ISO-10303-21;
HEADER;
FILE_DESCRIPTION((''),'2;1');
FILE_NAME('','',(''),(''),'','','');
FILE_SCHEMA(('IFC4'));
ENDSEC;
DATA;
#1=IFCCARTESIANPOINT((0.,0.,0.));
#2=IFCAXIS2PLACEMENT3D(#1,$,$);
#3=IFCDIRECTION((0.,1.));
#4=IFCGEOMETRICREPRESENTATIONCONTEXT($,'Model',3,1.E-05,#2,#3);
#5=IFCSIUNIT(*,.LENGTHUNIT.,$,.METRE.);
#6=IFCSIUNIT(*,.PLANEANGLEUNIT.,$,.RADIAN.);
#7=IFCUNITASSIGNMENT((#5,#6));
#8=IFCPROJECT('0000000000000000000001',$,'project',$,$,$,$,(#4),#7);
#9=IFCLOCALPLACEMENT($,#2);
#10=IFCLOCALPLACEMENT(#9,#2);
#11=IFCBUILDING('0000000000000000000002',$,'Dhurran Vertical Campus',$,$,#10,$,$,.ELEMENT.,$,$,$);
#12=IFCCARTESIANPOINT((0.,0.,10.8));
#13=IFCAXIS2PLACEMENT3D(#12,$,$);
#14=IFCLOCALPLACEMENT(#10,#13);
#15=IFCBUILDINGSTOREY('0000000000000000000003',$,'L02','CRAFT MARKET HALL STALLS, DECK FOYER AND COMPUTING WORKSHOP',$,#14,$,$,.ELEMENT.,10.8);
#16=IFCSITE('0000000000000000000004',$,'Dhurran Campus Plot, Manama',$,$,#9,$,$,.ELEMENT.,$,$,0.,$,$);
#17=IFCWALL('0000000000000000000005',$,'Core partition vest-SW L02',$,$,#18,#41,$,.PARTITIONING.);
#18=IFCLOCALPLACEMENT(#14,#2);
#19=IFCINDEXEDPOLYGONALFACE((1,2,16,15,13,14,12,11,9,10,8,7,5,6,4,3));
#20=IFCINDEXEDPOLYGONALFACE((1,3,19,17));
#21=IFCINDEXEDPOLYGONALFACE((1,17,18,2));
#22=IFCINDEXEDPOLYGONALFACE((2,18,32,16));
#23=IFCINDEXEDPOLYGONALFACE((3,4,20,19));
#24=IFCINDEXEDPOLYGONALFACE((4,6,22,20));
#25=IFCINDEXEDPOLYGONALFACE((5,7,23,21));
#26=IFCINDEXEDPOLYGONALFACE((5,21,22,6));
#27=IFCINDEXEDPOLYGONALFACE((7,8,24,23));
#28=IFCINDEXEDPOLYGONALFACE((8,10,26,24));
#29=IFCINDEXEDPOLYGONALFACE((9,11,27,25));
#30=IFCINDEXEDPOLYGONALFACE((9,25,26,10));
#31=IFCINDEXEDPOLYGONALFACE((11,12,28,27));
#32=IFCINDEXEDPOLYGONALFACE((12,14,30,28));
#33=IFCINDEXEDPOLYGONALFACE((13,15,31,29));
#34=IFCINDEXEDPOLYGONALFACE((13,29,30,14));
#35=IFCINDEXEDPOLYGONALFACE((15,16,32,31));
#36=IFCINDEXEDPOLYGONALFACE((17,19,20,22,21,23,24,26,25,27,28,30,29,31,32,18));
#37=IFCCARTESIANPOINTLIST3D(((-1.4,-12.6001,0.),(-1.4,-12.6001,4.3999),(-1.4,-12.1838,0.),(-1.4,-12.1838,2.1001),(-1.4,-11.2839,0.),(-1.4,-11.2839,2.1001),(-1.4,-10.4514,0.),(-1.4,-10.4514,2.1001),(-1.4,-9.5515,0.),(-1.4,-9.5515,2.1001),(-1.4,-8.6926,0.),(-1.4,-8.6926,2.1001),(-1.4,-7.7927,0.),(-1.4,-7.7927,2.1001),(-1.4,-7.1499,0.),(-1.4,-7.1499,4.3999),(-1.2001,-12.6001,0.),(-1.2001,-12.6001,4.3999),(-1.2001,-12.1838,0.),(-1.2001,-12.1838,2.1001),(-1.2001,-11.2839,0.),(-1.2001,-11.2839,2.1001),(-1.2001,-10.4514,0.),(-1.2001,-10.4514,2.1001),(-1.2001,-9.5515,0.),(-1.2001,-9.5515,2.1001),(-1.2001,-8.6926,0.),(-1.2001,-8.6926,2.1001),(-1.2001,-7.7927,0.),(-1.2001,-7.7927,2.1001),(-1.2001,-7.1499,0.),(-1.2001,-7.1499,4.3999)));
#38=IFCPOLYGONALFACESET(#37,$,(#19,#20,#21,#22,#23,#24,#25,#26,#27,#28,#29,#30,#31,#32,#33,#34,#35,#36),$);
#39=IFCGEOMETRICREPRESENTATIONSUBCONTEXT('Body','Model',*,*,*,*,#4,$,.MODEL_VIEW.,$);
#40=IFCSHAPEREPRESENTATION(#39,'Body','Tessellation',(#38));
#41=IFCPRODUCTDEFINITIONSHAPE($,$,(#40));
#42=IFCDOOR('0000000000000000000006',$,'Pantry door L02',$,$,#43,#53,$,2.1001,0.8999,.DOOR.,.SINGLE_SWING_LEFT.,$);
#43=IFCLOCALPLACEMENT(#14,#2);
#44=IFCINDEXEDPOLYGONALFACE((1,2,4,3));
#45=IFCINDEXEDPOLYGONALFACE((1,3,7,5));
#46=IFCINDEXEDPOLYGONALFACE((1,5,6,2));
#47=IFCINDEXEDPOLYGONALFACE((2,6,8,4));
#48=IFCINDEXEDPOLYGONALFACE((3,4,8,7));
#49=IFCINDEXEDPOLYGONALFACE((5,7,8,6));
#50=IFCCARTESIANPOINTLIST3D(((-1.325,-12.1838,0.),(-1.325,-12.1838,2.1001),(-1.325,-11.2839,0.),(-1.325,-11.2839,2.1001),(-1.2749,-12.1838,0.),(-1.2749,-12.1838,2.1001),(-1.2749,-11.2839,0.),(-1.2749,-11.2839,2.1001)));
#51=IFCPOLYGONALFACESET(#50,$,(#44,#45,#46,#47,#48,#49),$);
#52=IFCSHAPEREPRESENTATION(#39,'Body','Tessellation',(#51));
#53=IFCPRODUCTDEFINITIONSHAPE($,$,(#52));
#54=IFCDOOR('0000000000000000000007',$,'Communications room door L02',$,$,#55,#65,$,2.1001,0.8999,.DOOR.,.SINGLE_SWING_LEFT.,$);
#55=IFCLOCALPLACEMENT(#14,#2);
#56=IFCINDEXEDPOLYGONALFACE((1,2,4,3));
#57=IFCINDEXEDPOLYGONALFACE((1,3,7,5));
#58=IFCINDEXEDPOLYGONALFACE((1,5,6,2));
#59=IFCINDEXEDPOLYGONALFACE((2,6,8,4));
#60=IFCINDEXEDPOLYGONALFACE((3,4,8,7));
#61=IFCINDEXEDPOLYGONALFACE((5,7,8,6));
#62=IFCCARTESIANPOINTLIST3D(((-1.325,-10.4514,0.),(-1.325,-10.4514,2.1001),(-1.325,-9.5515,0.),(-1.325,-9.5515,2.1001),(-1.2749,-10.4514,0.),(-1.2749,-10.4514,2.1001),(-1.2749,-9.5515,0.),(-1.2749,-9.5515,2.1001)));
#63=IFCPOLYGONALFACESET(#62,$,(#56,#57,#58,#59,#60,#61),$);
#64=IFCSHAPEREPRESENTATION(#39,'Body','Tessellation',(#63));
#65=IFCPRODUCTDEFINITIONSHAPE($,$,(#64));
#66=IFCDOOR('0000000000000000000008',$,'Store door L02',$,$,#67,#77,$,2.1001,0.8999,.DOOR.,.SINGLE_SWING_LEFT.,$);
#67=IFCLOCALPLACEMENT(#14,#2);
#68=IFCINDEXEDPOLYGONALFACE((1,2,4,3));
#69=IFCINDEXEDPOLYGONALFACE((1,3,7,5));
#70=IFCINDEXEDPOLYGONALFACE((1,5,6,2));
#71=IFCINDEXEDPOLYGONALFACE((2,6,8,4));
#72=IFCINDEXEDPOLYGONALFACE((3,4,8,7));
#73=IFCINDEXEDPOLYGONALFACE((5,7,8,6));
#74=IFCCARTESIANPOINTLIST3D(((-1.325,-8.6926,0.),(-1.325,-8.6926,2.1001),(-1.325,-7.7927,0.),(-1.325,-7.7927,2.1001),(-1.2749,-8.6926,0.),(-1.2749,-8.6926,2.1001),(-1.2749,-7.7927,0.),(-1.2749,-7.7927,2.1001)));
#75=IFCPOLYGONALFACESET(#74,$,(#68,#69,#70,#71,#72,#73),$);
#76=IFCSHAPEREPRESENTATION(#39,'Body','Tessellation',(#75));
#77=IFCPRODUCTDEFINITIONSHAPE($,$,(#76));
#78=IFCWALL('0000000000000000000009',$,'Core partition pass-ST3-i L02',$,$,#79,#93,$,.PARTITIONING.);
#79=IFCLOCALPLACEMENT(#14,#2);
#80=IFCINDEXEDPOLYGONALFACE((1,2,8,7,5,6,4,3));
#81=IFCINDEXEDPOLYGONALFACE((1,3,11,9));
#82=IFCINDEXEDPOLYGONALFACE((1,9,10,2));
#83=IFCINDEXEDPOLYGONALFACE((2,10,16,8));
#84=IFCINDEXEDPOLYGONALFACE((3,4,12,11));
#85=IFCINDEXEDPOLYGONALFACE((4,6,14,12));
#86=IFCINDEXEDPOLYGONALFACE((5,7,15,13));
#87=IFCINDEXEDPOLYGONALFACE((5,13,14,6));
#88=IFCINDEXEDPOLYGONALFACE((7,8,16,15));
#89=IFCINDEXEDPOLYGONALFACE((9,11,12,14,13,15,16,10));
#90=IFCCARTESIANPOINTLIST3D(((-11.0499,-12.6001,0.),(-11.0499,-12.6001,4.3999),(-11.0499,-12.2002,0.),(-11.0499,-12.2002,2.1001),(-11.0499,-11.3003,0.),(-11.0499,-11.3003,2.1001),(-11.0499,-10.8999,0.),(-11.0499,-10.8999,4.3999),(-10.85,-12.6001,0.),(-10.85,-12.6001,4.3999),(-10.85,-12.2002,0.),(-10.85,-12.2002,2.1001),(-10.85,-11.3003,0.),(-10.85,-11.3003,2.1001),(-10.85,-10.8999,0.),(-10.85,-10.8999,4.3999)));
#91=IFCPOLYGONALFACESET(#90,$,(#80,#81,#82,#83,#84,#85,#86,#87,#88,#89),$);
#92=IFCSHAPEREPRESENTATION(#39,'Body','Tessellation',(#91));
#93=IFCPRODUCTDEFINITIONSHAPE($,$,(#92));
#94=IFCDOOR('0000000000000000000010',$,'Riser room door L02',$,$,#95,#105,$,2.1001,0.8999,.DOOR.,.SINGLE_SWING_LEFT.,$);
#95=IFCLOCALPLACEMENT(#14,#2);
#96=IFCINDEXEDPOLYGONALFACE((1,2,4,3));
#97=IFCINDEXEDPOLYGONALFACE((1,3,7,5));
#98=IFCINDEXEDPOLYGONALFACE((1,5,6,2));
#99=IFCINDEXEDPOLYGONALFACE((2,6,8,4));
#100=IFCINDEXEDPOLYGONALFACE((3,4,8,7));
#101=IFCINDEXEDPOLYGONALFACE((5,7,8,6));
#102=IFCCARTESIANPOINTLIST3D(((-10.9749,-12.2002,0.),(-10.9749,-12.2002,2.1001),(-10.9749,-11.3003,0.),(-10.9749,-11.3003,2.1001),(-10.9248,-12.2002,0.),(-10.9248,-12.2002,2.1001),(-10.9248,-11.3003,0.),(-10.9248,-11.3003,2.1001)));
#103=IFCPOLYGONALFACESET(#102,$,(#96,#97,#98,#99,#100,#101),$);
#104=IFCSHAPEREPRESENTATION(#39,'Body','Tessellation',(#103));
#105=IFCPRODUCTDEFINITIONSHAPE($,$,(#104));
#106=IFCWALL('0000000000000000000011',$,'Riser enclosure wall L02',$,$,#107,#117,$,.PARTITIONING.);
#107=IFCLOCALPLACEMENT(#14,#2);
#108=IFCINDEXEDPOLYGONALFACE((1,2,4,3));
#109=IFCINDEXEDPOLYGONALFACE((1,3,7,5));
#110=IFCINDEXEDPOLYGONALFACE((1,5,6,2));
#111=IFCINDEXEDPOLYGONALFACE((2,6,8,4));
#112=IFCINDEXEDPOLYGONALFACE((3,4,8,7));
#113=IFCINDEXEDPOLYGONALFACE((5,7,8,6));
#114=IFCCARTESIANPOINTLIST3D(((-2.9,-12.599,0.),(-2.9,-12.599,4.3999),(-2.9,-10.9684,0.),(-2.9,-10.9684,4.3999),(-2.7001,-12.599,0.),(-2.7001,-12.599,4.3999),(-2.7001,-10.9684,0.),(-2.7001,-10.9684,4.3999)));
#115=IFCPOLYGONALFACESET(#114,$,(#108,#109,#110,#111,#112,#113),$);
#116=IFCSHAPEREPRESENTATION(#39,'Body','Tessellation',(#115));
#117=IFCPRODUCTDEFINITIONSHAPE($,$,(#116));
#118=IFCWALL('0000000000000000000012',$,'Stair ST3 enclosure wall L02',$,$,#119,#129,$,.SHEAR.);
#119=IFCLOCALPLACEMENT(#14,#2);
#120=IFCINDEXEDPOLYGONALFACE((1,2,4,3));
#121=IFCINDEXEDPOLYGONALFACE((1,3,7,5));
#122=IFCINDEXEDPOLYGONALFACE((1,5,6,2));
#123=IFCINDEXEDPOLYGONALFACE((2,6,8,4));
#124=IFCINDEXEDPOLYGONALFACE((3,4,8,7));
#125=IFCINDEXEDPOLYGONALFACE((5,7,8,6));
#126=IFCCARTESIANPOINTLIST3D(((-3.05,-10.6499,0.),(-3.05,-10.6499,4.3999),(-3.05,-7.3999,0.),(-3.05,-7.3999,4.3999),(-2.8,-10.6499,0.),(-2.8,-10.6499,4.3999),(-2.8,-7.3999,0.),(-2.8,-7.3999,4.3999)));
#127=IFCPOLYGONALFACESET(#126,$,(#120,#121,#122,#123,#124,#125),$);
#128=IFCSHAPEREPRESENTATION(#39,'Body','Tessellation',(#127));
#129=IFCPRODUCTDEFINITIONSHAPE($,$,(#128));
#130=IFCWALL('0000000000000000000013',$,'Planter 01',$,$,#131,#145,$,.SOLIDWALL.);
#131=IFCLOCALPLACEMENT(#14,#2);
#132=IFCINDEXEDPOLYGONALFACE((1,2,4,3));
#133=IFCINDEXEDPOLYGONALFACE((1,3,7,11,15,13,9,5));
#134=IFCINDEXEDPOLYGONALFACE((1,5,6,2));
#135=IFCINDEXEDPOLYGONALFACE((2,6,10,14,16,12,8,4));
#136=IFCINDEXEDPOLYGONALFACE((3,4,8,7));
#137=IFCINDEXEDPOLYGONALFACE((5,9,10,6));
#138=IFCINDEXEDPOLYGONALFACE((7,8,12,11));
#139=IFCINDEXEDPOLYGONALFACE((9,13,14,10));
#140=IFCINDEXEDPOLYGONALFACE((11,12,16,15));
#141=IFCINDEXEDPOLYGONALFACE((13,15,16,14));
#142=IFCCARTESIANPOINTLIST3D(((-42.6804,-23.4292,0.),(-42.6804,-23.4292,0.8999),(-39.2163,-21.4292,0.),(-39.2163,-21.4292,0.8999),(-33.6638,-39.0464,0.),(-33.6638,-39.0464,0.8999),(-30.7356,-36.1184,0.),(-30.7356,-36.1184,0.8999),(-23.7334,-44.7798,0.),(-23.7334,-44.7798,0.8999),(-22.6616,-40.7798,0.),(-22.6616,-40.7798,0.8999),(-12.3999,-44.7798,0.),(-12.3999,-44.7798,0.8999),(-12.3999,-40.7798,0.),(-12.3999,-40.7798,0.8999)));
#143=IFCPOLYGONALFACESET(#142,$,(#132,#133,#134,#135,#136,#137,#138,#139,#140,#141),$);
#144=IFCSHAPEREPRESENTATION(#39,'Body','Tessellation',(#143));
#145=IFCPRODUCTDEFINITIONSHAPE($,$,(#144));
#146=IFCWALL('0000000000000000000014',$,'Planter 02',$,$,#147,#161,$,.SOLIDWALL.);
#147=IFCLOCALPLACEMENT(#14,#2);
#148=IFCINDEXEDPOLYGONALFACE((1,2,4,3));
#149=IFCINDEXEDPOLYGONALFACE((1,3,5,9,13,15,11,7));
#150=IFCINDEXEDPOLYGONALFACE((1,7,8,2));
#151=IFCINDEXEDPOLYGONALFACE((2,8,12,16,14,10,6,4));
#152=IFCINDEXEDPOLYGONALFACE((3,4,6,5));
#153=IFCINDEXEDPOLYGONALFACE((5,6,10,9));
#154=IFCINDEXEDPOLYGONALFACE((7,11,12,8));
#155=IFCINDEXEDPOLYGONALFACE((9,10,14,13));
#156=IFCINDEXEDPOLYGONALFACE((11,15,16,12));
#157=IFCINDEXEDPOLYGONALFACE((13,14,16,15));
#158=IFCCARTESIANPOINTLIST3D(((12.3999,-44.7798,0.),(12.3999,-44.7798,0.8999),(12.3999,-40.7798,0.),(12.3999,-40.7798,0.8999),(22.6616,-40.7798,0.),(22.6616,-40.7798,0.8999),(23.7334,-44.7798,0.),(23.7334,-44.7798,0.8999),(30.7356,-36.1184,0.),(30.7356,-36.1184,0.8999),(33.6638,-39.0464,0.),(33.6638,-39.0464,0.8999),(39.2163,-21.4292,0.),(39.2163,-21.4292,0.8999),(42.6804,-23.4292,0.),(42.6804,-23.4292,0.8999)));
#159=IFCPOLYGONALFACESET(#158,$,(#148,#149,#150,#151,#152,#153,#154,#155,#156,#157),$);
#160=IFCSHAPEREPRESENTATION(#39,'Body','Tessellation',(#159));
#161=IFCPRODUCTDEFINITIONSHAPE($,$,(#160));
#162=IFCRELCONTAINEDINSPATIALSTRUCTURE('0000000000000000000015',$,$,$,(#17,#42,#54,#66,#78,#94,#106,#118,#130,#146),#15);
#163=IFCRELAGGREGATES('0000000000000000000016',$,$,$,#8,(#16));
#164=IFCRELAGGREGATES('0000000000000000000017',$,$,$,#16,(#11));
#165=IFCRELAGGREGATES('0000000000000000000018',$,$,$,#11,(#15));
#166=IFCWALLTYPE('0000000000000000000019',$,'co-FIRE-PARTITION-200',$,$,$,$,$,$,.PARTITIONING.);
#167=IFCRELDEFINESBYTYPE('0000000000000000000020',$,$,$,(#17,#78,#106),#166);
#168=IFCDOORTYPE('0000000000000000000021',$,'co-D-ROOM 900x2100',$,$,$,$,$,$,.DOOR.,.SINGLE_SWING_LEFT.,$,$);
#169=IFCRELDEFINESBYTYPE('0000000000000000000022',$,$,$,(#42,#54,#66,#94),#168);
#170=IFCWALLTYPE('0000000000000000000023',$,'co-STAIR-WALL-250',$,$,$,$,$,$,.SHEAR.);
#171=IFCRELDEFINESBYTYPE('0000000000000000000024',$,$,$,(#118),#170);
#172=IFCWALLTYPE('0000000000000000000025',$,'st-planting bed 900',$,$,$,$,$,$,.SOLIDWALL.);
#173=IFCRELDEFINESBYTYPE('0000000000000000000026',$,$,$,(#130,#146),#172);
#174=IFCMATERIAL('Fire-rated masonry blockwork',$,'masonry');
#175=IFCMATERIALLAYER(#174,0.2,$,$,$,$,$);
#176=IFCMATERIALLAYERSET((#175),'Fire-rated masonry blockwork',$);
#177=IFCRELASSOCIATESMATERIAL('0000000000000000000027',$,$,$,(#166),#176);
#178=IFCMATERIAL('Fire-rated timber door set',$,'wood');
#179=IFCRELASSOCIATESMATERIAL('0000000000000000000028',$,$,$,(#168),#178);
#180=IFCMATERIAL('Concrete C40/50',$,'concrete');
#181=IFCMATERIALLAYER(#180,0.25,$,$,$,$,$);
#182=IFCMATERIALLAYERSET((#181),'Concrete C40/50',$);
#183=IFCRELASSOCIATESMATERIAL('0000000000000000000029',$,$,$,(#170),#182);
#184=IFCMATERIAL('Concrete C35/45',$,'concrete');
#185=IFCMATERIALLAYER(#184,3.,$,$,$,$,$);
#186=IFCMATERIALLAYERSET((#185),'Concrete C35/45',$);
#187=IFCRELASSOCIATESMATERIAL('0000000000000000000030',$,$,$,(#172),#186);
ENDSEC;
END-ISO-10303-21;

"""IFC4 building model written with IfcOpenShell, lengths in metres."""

from ifc_helpers import new_model, si_unit, direction, frame, frame_2d, origin, place, context, subcontext, project, spatial, polyline, rectangle, outline, extrude, material, layer, layer_set, type_object, element, fill, save


model = new_model("IFC4")

# Units and contexts
model_context = context("Model", 3, precision=1e-05, world=origin(), true_north=direction((0.0, 1.0)))
body_context = subcontext(model_context, "Body", "Model", "MODEL_VIEW")
ifc_project = project(units=[si_unit("LENGTHUNIT", "METRE"), si_unit("PLANEANGLEUNIT", "RADIAN")], contexts=[model_context])

# Site, building, storey
site_placement = place(None, origin())
site = spatial("IfcSite", under=ifc_project, at=site_placement, Name="Dhurran Campus Plot, Manama", CompositionType="ELEMENT", RefElevation=0.0)
building_placement = place(site_placement, origin())
building = spatial("IfcBuilding", under=site, at=building_placement, Name="Dhurran Vertical Campus", CompositionType="ELEMENT")
storey_placement = place(building_placement, frame((0.0, 0.0, 10.8)))
storey = spatial("IfcBuildingStorey", under=building, at=storey_placement, Name="L02", Description="CRAFT MARKET HALL STALLS, DECK FOYER AND COMPUTING WORKSHOP", CompositionType="ELEMENT", Elevation=10.8)

# Shared definitions
ifc_material_1 = material(Name="Fire-rated masonry blockwork", Category="masonry")
ifc_layer_1 = layer(ifc_material_1, 0.2)
ifc_layer_set_1 = layer_set([ifc_layer_1], Name="Fire-rated masonry blockwork")
wall_type_1 = type_object("IfcWallType", Name="co-FIRE-PARTITION-200", PredefinedType="PARTITIONING", material=ifc_layer_set_1)

# Wall, openings, doors
wall_1_placement = place(storey_placement, frame((-1.3, -12.6001, 0.0), z_axis=(0.0, 0.0, 1.0), x_axis=(0.0, 1.0, 0.0)))
wall_1 = element("IfcWall", 1, at=wall_1_placement, inside=storey, type_object=wall_type_1, Name="Core partition vest-SW L02", PredefinedType="PARTITIONING", context=body_context, shape_type="SweptSolid", body=[
    extrude(rectangle(XDim=5.4502, YDim=0.2, at=frame_2d((2.7251, 0.0))), origin(), (0.0, 0.0, 1.0), 4.3999),
])
opening_1_placement = place(wall_1_placement, frame((0.4163, 0.0, 0.0)))
opening_1 = element("IfcOpeningElement", 2, at=opening_1_placement, cuts=wall_1, PredefinedType="OPENING", context=body_context, shape_type="SweptSolid", body=[
    extrude(rectangle(XDim=0.8999, YDim=2.1001, at=frame_2d((0.45, 1.05))), frame((0.0, 0.1099, 0.0), z_axis=(0.0, -1.0, 0.0), x_axis=(1.0, 0.0, 0.0)), (0.0, 0.0, 1.0), 0.22),
])
opening_2_placement = place(wall_1_placement, frame((2.1487, 0.0, 0.0)))
opening_2 = element("IfcOpeningElement", 3, at=opening_2_placement, cuts=wall_1, PredefinedType="OPENING", context=body_context, shape_type="SweptSolid", body=[
    extrude(rectangle(XDim=0.8999, YDim=2.1001, at=frame_2d((0.45, 1.05))), frame((0.0, 0.1099, 0.0), z_axis=(0.0, -1.0, 0.0), x_axis=(1.0, 0.0, 0.0)), (0.0, 0.0, 1.0), 0.22),
])
opening_3_placement = place(wall_1_placement, frame((3.9075, 0.0, 0.0)))
opening_3 = element("IfcOpeningElement", 4, at=opening_3_placement, cuts=wall_1, PredefinedType="OPENING", context=body_context, shape_type="SweptSolid", body=[
    extrude(rectangle(XDim=0.8999, YDim=2.1001, at=frame_2d((0.45, 1.05))), frame((0.0, 0.1099, 0.0), z_axis=(0.0, -1.0, 0.0), x_axis=(1.0, 0.0, 0.0)), (0.0, 0.0, 1.0), 0.22),
])
ifc_material_2 = material(Name="Fire-rated timber door set", Category="wood")
door_type_1 = type_object("IfcDoorType", Name="co-D-ROOM 900x2100", OperationType="SINGLE_SWING_LEFT", PredefinedType="DOOR", material=ifc_material_2)
door_1_placement = place(opening_1_placement, origin())
door_1 = element("IfcDoor", 5, at=door_1_placement, inside=storey, type_object=door_type_1, Name="Pantry door L02", OperationType="SINGLE_SWING_LEFT", OverallHeight=2.1001, OverallWidth=0.8999, PredefinedType="DOOR", context=body_context, shape_type="SweptSolid", body=[
    extrude(rectangle(XDim=0.8999, YDim=2.1001, at=frame_2d((0.45, 1.05))), frame((0.0, 0.0249, 0.0), z_axis=(0.0, -1.0, 0.0), x_axis=(1.0, 0.0, 0.0)), (0.0, 0.0, 1.0), 0.05),
])
fill(opening_1, door_1)
door_2_placement = place(opening_2_placement, origin())
door_2 = element("IfcDoor", 6, at=door_2_placement, inside=storey, type_object=door_type_1, Name="Communications room door L02", OperationType="SINGLE_SWING_LEFT", OverallHeight=2.1001, OverallWidth=0.8999, PredefinedType="DOOR", context=body_context, shape_type="SweptSolid", body=[
    extrude(rectangle(XDim=0.8999, YDim=2.1001, at=frame_2d((0.45, 1.05))), frame((0.0, 0.0249, 0.0), z_axis=(0.0, -1.0, 0.0), x_axis=(1.0, 0.0, 0.0)), (0.0, 0.0, 1.0), 0.05),
])
fill(opening_2, door_2)
door_3_placement = place(opening_3_placement, origin())
door_3 = element("IfcDoor", 7, at=door_3_placement, inside=storey, type_object=door_type_1, Name="Store door L02", OperationType="SINGLE_SWING_LEFT", OverallHeight=2.1001, OverallWidth=0.8999, PredefinedType="DOOR", context=body_context, shape_type="SweptSolid", body=[
    extrude(rectangle(XDim=0.8999, YDim=2.1001, at=frame_2d((0.45, 1.05))), frame((0.0, 0.0249, 0.0), z_axis=(0.0, -1.0, 0.0), x_axis=(1.0, 0.0, 0.0)), (0.0, 0.0, 1.0), 0.05),
])
fill(opening_3, door_3)

# Wall, opening, door
wall_2_placement = place(storey_placement, frame((-10.95, -12.6001, 0.0), z_axis=(0.0, 0.0, 1.0), x_axis=(0.0, 1.0, 0.0)))
wall_2 = element("IfcWall", 8, at=wall_2_placement, inside=storey, type_object=wall_type_1, Name="Core partition pass-ST3-i L02", PredefinedType="PARTITIONING", context=body_context, shape_type="SweptSolid", body=[
    extrude(rectangle(XDim=1.7002, YDim=0.2, at=frame_2d((0.8501, 0.0))), origin(), (0.0, 0.0, 1.0), 4.3999),
])
opening_4_placement = place(wall_2_placement, frame((0.3999, 0.0, 0.0)))
opening_4 = element("IfcOpeningElement", 9, at=opening_4_placement, cuts=wall_2, PredefinedType="OPENING", context=body_context, shape_type="SweptSolid", body=[
    extrude(rectangle(XDim=0.8999, YDim=2.1001, at=frame_2d((0.45, 1.05))), frame((0.0, 0.1099, 0.0), z_axis=(0.0, -1.0, 0.0), x_axis=(1.0, 0.0, 0.0)), (0.0, 0.0, 1.0), 0.22),
])
door_4_placement = place(opening_4_placement, origin())
door_4 = element("IfcDoor", 10, at=door_4_placement, inside=storey, type_object=door_type_1, Name="Riser room door L02", OperationType="SINGLE_SWING_LEFT", OverallHeight=2.1001, OverallWidth=0.8999, PredefinedType="DOOR", context=body_context, shape_type="SweptSolid", body=[
    extrude(rectangle(XDim=0.8999, YDim=2.1001, at=frame_2d((0.45, 1.05))), frame((0.0, 0.0249, 0.0), z_axis=(0.0, -1.0, 0.0), x_axis=(1.0, 0.0, 0.0)), (0.0, 0.0, 1.0), 0.05),
])
fill(opening_4, door_4)

# Walls
wall_3_placement = place(storey_placement, frame((-2.8, -12.5991, 0.0), z_axis=(0.0, 0.0, 1.0), x_axis=(0.0, 1.0, 0.0)))
element("IfcWall", 11, at=wall_3_placement, inside=storey, type_object=wall_type_1, Name="Riser enclosure wall L02", PredefinedType="PARTITIONING", context=body_context, shape_type="SweptSolid", body=[
    extrude(rectangle(XDim=1.6306, YDim=0.2, at=frame_2d((0.8154, 0.0))), origin(), (0.0, 0.0, 1.0), 4.3999),
])
ifc_material_3 = material(Name="Concrete C40/50", Category="concrete")
ifc_layer_2 = layer(ifc_material_3, 0.25)
ifc_layer_set_2 = layer_set([ifc_layer_2], Name="Concrete C40/50")
wall_type_2 = type_object("IfcWallType", Name="co-STAIR-WALL-250", PredefinedType="SHEAR", material=ifc_layer_set_2)
wall_4_placement = place(storey_placement, frame((-2.925, -10.6499, 0.0), z_axis=(0.0, 0.0, 1.0), x_axis=(0.0, 1.0, 0.0)))
element("IfcWall", 12, at=wall_4_placement, inside=storey, type_object=wall_type_2, Name="Stair ST3 enclosure wall L02", PredefinedType="SHEAR", context=body_context, shape_type="SweptSolid", body=[
    extrude(rectangle(XDim=3.25, YDim=0.25, at=frame_2d((1.625, 0.0))), origin(), (0.0, 0.0, 1.0), 4.3999),
])
ifc_material_4 = material(Name="Concrete C35/45", Category="concrete")
ifc_layer_3 = layer(ifc_material_4, 3.0)
ifc_layer_set_3 = layer_set([ifc_layer_3], Name="Concrete C35/45")
wall_type_3 = type_object("IfcWallType", Name="st-planting bed 900", PredefinedType="SOLIDWALL", material=ifc_layer_set_3)
wall_5_placement = place(storey_placement, origin())
element("IfcWall", 13, at=wall_5_placement, inside=storey, type_object=wall_type_3, Name="Planter 01", PredefinedType="SOLIDWALL", context=body_context, shape_type="SweptSolid", body=[
    extrude(outline(polyline([(-12.3999, -44.7798), (-12.3999, -40.7798), (-22.6616, -40.7798), (-30.7356, -36.1184), (-39.2163, -21.4292), (-42.6804, -23.4292), (-33.6638, -39.0464), (-23.7334, -44.7798), (-12.3999, -44.7798)])), origin(), (0.0, 0.0, 1.0), 0.8999),
])
wall_6_placement = place(storey_placement, origin())
element("IfcWall", 14, at=wall_6_placement, inside=storey, type_object=wall_type_3, Name="Planter 02", PredefinedType="SOLIDWALL", context=body_context, shape_type="SweptSolid", body=[
    extrude(outline(polyline([(42.6804, -23.4292), (39.2163, -21.4292), (30.7356, -36.1184), (22.6616, -40.7798), (12.3999, -40.7798), (12.3999, -44.7798), (23.7334, -44.7798), (33.6638, -39.0464), (42.6804, -23.4292)])), origin(), (0.0, 0.0, 1.0), 0.8999),
])

save(model, "model.ifc")
